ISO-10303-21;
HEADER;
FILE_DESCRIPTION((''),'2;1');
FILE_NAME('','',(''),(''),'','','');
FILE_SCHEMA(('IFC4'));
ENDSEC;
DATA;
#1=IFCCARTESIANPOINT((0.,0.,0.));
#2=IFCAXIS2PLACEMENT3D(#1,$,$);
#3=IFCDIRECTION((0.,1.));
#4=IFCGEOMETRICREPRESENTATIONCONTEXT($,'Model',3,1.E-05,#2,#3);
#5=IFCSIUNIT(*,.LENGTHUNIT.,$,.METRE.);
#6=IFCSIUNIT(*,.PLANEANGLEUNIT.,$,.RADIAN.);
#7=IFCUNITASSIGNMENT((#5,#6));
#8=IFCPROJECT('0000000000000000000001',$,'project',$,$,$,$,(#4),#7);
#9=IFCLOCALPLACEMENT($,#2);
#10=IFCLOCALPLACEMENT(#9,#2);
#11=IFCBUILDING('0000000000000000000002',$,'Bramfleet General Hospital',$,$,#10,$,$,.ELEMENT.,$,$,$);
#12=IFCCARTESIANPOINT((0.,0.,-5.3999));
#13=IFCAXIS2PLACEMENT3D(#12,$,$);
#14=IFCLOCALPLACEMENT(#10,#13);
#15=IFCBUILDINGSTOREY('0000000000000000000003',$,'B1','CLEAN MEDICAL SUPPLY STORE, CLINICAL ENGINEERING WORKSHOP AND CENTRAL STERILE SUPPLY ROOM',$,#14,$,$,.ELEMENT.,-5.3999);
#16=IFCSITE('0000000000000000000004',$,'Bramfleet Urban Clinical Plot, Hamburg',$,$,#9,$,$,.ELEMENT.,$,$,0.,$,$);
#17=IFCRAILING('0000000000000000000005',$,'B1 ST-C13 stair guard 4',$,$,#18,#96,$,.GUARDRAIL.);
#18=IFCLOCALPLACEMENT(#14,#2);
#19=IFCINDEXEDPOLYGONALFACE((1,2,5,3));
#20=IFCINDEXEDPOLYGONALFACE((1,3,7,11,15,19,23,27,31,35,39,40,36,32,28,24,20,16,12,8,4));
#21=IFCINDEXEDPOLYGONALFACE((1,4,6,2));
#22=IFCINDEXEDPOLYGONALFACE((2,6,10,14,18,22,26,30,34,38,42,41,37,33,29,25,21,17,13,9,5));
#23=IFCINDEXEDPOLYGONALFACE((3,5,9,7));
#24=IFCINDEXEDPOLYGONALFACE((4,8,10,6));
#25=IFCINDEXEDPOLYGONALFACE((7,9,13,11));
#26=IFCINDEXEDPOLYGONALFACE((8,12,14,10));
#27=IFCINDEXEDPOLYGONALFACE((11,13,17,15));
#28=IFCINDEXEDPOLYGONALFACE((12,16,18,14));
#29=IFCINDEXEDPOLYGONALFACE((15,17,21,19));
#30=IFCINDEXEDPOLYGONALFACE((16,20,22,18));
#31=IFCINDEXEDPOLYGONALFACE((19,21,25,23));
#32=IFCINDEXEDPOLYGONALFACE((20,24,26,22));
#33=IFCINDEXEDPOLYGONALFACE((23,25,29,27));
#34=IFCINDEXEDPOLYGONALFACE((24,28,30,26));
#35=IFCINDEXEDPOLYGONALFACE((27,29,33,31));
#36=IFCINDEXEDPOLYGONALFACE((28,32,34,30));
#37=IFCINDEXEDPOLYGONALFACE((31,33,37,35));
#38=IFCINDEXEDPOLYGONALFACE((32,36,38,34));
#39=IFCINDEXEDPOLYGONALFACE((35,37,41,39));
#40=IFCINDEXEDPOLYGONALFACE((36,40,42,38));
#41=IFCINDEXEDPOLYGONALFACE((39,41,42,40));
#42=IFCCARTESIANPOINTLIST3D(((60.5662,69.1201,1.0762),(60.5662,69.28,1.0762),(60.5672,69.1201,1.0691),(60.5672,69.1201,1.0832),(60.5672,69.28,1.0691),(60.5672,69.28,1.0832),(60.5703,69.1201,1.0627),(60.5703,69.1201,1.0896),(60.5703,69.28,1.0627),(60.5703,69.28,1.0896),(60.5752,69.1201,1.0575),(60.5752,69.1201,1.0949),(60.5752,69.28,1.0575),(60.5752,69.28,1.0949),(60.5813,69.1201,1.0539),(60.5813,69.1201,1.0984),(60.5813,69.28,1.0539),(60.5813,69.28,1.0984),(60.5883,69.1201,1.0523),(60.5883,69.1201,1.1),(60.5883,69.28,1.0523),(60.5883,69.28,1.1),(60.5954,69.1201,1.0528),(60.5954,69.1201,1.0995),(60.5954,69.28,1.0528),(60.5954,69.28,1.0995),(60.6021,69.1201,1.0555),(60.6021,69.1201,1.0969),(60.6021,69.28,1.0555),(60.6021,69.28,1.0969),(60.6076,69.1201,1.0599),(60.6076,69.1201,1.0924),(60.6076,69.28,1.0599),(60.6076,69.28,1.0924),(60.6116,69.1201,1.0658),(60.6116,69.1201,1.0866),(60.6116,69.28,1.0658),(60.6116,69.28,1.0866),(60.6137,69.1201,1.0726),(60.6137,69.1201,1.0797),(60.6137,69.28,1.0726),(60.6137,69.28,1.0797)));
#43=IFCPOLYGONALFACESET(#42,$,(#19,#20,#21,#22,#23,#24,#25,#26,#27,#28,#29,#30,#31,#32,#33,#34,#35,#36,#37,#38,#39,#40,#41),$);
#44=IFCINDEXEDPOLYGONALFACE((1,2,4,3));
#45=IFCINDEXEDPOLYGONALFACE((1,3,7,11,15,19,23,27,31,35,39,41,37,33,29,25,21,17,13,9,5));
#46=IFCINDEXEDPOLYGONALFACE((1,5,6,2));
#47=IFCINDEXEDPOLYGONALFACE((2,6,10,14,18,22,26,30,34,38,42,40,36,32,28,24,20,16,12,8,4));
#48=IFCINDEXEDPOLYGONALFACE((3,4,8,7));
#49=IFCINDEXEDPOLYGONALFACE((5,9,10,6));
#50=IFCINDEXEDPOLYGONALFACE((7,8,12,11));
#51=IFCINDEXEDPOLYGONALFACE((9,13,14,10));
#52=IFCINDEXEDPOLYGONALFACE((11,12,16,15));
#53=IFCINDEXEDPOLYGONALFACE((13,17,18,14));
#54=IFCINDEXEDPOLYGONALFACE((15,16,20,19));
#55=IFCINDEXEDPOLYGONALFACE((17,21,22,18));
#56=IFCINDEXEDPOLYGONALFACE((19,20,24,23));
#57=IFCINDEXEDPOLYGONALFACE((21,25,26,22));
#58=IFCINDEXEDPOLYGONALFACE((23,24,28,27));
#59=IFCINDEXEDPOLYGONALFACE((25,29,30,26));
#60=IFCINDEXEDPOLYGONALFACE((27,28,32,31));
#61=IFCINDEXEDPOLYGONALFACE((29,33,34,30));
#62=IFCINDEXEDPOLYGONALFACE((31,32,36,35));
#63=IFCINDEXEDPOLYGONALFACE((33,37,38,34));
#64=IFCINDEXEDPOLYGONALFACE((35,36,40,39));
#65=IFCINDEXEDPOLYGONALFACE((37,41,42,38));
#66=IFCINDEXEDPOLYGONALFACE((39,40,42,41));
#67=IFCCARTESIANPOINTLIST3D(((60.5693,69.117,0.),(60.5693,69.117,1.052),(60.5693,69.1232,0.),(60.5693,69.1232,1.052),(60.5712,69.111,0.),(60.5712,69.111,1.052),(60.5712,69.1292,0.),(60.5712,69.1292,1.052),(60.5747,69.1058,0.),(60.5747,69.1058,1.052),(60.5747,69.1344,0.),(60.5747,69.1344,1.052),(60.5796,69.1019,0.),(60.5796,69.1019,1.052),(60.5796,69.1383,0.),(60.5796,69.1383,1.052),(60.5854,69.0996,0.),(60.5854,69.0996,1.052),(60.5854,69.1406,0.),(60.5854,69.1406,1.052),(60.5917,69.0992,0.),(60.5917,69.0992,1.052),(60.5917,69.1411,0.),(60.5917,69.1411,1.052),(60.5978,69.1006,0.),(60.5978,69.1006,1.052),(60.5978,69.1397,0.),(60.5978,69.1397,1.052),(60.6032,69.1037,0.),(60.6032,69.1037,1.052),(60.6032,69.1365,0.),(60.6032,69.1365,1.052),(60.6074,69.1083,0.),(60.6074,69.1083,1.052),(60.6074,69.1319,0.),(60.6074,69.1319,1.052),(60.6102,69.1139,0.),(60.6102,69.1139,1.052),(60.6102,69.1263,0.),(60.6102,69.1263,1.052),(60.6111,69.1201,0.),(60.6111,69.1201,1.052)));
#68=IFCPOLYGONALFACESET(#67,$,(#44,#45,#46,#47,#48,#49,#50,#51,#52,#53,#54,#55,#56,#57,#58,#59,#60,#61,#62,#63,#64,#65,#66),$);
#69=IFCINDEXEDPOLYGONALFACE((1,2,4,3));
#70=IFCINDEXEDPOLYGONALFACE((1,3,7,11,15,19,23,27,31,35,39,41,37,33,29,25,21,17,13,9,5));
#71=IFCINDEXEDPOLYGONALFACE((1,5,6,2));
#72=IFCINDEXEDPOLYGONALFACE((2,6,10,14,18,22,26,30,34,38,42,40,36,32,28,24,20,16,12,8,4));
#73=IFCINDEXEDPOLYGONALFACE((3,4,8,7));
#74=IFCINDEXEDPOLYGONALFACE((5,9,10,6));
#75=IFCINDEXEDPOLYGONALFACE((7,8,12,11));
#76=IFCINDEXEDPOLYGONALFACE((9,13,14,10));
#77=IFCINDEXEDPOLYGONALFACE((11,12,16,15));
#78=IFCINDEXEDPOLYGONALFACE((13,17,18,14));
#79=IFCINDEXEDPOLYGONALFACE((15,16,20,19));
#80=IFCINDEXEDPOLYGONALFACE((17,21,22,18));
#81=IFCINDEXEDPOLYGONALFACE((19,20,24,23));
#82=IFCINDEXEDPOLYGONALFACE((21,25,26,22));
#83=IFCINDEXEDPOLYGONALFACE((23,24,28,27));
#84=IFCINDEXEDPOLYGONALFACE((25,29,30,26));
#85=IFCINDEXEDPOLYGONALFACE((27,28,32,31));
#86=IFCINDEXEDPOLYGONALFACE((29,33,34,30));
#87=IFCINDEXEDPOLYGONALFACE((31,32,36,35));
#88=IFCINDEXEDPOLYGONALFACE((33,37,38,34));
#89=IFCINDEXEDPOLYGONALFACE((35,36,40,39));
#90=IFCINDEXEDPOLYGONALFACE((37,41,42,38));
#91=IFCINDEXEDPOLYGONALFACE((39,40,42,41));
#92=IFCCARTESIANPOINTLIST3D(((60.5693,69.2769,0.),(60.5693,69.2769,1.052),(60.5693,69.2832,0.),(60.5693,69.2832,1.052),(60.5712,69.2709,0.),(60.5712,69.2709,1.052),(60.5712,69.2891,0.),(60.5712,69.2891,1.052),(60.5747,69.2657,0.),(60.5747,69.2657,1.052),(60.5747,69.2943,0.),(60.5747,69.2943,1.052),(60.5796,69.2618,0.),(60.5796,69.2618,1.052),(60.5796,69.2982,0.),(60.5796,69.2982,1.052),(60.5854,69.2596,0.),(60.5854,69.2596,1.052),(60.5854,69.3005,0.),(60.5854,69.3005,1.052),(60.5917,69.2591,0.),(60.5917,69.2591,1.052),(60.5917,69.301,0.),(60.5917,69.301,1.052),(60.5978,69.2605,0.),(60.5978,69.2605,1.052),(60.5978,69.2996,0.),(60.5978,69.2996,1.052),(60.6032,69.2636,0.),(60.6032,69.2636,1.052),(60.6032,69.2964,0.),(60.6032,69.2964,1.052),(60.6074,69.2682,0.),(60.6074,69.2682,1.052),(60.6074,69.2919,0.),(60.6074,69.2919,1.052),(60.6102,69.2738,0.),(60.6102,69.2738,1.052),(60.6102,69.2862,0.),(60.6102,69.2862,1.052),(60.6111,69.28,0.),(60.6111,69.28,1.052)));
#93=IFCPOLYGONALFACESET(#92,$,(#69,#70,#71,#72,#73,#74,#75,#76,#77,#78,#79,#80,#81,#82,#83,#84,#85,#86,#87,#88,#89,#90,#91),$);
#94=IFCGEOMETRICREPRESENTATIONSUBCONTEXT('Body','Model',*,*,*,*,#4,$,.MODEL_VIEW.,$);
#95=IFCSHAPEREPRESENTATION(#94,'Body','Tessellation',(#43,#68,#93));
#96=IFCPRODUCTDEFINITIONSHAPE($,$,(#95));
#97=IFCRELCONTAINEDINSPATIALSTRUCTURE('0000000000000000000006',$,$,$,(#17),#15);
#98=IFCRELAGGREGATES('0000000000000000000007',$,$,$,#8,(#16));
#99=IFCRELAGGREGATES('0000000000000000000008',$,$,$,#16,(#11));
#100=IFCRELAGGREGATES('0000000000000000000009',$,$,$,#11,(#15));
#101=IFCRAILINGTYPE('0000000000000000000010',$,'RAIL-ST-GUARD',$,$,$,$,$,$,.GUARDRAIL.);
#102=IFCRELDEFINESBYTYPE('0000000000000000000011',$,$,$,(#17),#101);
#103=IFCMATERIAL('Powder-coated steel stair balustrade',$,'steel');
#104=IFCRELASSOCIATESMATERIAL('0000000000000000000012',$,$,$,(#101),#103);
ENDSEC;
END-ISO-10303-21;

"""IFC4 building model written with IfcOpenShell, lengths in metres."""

from ifc_helpers import new_model, si_unit, direction, frame, origin, origin_2d, place, context, subcontext, project, spatial, circle, extrude, material, type_object, element, save


model = new_model("IFC4")

# Units and contexts
model_context = context("Model", 3, precision=1e-05, world=origin(), true_north=direction((0.0, 1.0)))
body_context = subcontext(model_context, "Body", "Model", "MODEL_VIEW")
ifc_project = project(units=[si_unit("LENGTHUNIT", "METRE"), si_unit("PLANEANGLEUNIT", "RADIAN")], contexts=[model_context])

# Site, building, storey
site_placement = place(None, origin())
site = spatial("IfcSite", under=ifc_project, at=site_placement, Name="Bramfleet Urban Clinical Plot, Hamburg", CompositionType="ELEMENT", RefElevation=0.0)
building_placement = place(site_placement, origin())
building = spatial("IfcBuilding", under=site, at=building_placement, Name="Bramfleet General Hospital", CompositionType="ELEMENT")
storey_placement = place(building_placement, frame((0.0, 0.0, -5.3999)))
storey = spatial("IfcBuildingStorey", under=building, at=storey_placement, Name="B1", Description="CLEAN MEDICAL SUPPLY STORE, CLINICAL ENGINEERING WORKSHOP AND CENTRAL STERILE SUPPLY ROOM", CompositionType="ELEMENT", Elevation=-5.3999)

# Railing
ifc_material_1 = material(Name="Powder-coated steel stair balustrade", Category="steel")
railing_type_1 = type_object("IfcRailingType", Name="RAIL-ST-GUARD", PredefinedType="GUARDRAIL", material=ifc_material_1)
railing_1_placement = place(storey_placement, frame((60.5901, 69.1201, 0.0)))
element("IfcRailing", 1, at=railing_1_placement, inside=storey, type_object=railing_type_1, Name="B1 ST-C13 stair guard 4", PredefinedType="GUARDRAIL", context=body_context, shape_type="SweptSolid", body=[
    extrude(circle(Radius=0.0239, at=origin_2d()), frame((0.0, 0.0, 1.0762), z_axis=(0.0, 1.0, 0.0), x_axis=(-1.0, 0.0, 0.0)), (0.0, 0.0, 1.0), 0.1599),
    extrude(circle(Radius=0.021, at=origin_2d()), origin(), (0.0, 0.0, 1.0), 1.052),
    extrude(circle(Radius=0.021, at=origin_2d()), frame((0.0, 0.1599, 0.0)), (0.0, 0.0, 1.0), 1.052),
])

save(model, "model.ifc")
